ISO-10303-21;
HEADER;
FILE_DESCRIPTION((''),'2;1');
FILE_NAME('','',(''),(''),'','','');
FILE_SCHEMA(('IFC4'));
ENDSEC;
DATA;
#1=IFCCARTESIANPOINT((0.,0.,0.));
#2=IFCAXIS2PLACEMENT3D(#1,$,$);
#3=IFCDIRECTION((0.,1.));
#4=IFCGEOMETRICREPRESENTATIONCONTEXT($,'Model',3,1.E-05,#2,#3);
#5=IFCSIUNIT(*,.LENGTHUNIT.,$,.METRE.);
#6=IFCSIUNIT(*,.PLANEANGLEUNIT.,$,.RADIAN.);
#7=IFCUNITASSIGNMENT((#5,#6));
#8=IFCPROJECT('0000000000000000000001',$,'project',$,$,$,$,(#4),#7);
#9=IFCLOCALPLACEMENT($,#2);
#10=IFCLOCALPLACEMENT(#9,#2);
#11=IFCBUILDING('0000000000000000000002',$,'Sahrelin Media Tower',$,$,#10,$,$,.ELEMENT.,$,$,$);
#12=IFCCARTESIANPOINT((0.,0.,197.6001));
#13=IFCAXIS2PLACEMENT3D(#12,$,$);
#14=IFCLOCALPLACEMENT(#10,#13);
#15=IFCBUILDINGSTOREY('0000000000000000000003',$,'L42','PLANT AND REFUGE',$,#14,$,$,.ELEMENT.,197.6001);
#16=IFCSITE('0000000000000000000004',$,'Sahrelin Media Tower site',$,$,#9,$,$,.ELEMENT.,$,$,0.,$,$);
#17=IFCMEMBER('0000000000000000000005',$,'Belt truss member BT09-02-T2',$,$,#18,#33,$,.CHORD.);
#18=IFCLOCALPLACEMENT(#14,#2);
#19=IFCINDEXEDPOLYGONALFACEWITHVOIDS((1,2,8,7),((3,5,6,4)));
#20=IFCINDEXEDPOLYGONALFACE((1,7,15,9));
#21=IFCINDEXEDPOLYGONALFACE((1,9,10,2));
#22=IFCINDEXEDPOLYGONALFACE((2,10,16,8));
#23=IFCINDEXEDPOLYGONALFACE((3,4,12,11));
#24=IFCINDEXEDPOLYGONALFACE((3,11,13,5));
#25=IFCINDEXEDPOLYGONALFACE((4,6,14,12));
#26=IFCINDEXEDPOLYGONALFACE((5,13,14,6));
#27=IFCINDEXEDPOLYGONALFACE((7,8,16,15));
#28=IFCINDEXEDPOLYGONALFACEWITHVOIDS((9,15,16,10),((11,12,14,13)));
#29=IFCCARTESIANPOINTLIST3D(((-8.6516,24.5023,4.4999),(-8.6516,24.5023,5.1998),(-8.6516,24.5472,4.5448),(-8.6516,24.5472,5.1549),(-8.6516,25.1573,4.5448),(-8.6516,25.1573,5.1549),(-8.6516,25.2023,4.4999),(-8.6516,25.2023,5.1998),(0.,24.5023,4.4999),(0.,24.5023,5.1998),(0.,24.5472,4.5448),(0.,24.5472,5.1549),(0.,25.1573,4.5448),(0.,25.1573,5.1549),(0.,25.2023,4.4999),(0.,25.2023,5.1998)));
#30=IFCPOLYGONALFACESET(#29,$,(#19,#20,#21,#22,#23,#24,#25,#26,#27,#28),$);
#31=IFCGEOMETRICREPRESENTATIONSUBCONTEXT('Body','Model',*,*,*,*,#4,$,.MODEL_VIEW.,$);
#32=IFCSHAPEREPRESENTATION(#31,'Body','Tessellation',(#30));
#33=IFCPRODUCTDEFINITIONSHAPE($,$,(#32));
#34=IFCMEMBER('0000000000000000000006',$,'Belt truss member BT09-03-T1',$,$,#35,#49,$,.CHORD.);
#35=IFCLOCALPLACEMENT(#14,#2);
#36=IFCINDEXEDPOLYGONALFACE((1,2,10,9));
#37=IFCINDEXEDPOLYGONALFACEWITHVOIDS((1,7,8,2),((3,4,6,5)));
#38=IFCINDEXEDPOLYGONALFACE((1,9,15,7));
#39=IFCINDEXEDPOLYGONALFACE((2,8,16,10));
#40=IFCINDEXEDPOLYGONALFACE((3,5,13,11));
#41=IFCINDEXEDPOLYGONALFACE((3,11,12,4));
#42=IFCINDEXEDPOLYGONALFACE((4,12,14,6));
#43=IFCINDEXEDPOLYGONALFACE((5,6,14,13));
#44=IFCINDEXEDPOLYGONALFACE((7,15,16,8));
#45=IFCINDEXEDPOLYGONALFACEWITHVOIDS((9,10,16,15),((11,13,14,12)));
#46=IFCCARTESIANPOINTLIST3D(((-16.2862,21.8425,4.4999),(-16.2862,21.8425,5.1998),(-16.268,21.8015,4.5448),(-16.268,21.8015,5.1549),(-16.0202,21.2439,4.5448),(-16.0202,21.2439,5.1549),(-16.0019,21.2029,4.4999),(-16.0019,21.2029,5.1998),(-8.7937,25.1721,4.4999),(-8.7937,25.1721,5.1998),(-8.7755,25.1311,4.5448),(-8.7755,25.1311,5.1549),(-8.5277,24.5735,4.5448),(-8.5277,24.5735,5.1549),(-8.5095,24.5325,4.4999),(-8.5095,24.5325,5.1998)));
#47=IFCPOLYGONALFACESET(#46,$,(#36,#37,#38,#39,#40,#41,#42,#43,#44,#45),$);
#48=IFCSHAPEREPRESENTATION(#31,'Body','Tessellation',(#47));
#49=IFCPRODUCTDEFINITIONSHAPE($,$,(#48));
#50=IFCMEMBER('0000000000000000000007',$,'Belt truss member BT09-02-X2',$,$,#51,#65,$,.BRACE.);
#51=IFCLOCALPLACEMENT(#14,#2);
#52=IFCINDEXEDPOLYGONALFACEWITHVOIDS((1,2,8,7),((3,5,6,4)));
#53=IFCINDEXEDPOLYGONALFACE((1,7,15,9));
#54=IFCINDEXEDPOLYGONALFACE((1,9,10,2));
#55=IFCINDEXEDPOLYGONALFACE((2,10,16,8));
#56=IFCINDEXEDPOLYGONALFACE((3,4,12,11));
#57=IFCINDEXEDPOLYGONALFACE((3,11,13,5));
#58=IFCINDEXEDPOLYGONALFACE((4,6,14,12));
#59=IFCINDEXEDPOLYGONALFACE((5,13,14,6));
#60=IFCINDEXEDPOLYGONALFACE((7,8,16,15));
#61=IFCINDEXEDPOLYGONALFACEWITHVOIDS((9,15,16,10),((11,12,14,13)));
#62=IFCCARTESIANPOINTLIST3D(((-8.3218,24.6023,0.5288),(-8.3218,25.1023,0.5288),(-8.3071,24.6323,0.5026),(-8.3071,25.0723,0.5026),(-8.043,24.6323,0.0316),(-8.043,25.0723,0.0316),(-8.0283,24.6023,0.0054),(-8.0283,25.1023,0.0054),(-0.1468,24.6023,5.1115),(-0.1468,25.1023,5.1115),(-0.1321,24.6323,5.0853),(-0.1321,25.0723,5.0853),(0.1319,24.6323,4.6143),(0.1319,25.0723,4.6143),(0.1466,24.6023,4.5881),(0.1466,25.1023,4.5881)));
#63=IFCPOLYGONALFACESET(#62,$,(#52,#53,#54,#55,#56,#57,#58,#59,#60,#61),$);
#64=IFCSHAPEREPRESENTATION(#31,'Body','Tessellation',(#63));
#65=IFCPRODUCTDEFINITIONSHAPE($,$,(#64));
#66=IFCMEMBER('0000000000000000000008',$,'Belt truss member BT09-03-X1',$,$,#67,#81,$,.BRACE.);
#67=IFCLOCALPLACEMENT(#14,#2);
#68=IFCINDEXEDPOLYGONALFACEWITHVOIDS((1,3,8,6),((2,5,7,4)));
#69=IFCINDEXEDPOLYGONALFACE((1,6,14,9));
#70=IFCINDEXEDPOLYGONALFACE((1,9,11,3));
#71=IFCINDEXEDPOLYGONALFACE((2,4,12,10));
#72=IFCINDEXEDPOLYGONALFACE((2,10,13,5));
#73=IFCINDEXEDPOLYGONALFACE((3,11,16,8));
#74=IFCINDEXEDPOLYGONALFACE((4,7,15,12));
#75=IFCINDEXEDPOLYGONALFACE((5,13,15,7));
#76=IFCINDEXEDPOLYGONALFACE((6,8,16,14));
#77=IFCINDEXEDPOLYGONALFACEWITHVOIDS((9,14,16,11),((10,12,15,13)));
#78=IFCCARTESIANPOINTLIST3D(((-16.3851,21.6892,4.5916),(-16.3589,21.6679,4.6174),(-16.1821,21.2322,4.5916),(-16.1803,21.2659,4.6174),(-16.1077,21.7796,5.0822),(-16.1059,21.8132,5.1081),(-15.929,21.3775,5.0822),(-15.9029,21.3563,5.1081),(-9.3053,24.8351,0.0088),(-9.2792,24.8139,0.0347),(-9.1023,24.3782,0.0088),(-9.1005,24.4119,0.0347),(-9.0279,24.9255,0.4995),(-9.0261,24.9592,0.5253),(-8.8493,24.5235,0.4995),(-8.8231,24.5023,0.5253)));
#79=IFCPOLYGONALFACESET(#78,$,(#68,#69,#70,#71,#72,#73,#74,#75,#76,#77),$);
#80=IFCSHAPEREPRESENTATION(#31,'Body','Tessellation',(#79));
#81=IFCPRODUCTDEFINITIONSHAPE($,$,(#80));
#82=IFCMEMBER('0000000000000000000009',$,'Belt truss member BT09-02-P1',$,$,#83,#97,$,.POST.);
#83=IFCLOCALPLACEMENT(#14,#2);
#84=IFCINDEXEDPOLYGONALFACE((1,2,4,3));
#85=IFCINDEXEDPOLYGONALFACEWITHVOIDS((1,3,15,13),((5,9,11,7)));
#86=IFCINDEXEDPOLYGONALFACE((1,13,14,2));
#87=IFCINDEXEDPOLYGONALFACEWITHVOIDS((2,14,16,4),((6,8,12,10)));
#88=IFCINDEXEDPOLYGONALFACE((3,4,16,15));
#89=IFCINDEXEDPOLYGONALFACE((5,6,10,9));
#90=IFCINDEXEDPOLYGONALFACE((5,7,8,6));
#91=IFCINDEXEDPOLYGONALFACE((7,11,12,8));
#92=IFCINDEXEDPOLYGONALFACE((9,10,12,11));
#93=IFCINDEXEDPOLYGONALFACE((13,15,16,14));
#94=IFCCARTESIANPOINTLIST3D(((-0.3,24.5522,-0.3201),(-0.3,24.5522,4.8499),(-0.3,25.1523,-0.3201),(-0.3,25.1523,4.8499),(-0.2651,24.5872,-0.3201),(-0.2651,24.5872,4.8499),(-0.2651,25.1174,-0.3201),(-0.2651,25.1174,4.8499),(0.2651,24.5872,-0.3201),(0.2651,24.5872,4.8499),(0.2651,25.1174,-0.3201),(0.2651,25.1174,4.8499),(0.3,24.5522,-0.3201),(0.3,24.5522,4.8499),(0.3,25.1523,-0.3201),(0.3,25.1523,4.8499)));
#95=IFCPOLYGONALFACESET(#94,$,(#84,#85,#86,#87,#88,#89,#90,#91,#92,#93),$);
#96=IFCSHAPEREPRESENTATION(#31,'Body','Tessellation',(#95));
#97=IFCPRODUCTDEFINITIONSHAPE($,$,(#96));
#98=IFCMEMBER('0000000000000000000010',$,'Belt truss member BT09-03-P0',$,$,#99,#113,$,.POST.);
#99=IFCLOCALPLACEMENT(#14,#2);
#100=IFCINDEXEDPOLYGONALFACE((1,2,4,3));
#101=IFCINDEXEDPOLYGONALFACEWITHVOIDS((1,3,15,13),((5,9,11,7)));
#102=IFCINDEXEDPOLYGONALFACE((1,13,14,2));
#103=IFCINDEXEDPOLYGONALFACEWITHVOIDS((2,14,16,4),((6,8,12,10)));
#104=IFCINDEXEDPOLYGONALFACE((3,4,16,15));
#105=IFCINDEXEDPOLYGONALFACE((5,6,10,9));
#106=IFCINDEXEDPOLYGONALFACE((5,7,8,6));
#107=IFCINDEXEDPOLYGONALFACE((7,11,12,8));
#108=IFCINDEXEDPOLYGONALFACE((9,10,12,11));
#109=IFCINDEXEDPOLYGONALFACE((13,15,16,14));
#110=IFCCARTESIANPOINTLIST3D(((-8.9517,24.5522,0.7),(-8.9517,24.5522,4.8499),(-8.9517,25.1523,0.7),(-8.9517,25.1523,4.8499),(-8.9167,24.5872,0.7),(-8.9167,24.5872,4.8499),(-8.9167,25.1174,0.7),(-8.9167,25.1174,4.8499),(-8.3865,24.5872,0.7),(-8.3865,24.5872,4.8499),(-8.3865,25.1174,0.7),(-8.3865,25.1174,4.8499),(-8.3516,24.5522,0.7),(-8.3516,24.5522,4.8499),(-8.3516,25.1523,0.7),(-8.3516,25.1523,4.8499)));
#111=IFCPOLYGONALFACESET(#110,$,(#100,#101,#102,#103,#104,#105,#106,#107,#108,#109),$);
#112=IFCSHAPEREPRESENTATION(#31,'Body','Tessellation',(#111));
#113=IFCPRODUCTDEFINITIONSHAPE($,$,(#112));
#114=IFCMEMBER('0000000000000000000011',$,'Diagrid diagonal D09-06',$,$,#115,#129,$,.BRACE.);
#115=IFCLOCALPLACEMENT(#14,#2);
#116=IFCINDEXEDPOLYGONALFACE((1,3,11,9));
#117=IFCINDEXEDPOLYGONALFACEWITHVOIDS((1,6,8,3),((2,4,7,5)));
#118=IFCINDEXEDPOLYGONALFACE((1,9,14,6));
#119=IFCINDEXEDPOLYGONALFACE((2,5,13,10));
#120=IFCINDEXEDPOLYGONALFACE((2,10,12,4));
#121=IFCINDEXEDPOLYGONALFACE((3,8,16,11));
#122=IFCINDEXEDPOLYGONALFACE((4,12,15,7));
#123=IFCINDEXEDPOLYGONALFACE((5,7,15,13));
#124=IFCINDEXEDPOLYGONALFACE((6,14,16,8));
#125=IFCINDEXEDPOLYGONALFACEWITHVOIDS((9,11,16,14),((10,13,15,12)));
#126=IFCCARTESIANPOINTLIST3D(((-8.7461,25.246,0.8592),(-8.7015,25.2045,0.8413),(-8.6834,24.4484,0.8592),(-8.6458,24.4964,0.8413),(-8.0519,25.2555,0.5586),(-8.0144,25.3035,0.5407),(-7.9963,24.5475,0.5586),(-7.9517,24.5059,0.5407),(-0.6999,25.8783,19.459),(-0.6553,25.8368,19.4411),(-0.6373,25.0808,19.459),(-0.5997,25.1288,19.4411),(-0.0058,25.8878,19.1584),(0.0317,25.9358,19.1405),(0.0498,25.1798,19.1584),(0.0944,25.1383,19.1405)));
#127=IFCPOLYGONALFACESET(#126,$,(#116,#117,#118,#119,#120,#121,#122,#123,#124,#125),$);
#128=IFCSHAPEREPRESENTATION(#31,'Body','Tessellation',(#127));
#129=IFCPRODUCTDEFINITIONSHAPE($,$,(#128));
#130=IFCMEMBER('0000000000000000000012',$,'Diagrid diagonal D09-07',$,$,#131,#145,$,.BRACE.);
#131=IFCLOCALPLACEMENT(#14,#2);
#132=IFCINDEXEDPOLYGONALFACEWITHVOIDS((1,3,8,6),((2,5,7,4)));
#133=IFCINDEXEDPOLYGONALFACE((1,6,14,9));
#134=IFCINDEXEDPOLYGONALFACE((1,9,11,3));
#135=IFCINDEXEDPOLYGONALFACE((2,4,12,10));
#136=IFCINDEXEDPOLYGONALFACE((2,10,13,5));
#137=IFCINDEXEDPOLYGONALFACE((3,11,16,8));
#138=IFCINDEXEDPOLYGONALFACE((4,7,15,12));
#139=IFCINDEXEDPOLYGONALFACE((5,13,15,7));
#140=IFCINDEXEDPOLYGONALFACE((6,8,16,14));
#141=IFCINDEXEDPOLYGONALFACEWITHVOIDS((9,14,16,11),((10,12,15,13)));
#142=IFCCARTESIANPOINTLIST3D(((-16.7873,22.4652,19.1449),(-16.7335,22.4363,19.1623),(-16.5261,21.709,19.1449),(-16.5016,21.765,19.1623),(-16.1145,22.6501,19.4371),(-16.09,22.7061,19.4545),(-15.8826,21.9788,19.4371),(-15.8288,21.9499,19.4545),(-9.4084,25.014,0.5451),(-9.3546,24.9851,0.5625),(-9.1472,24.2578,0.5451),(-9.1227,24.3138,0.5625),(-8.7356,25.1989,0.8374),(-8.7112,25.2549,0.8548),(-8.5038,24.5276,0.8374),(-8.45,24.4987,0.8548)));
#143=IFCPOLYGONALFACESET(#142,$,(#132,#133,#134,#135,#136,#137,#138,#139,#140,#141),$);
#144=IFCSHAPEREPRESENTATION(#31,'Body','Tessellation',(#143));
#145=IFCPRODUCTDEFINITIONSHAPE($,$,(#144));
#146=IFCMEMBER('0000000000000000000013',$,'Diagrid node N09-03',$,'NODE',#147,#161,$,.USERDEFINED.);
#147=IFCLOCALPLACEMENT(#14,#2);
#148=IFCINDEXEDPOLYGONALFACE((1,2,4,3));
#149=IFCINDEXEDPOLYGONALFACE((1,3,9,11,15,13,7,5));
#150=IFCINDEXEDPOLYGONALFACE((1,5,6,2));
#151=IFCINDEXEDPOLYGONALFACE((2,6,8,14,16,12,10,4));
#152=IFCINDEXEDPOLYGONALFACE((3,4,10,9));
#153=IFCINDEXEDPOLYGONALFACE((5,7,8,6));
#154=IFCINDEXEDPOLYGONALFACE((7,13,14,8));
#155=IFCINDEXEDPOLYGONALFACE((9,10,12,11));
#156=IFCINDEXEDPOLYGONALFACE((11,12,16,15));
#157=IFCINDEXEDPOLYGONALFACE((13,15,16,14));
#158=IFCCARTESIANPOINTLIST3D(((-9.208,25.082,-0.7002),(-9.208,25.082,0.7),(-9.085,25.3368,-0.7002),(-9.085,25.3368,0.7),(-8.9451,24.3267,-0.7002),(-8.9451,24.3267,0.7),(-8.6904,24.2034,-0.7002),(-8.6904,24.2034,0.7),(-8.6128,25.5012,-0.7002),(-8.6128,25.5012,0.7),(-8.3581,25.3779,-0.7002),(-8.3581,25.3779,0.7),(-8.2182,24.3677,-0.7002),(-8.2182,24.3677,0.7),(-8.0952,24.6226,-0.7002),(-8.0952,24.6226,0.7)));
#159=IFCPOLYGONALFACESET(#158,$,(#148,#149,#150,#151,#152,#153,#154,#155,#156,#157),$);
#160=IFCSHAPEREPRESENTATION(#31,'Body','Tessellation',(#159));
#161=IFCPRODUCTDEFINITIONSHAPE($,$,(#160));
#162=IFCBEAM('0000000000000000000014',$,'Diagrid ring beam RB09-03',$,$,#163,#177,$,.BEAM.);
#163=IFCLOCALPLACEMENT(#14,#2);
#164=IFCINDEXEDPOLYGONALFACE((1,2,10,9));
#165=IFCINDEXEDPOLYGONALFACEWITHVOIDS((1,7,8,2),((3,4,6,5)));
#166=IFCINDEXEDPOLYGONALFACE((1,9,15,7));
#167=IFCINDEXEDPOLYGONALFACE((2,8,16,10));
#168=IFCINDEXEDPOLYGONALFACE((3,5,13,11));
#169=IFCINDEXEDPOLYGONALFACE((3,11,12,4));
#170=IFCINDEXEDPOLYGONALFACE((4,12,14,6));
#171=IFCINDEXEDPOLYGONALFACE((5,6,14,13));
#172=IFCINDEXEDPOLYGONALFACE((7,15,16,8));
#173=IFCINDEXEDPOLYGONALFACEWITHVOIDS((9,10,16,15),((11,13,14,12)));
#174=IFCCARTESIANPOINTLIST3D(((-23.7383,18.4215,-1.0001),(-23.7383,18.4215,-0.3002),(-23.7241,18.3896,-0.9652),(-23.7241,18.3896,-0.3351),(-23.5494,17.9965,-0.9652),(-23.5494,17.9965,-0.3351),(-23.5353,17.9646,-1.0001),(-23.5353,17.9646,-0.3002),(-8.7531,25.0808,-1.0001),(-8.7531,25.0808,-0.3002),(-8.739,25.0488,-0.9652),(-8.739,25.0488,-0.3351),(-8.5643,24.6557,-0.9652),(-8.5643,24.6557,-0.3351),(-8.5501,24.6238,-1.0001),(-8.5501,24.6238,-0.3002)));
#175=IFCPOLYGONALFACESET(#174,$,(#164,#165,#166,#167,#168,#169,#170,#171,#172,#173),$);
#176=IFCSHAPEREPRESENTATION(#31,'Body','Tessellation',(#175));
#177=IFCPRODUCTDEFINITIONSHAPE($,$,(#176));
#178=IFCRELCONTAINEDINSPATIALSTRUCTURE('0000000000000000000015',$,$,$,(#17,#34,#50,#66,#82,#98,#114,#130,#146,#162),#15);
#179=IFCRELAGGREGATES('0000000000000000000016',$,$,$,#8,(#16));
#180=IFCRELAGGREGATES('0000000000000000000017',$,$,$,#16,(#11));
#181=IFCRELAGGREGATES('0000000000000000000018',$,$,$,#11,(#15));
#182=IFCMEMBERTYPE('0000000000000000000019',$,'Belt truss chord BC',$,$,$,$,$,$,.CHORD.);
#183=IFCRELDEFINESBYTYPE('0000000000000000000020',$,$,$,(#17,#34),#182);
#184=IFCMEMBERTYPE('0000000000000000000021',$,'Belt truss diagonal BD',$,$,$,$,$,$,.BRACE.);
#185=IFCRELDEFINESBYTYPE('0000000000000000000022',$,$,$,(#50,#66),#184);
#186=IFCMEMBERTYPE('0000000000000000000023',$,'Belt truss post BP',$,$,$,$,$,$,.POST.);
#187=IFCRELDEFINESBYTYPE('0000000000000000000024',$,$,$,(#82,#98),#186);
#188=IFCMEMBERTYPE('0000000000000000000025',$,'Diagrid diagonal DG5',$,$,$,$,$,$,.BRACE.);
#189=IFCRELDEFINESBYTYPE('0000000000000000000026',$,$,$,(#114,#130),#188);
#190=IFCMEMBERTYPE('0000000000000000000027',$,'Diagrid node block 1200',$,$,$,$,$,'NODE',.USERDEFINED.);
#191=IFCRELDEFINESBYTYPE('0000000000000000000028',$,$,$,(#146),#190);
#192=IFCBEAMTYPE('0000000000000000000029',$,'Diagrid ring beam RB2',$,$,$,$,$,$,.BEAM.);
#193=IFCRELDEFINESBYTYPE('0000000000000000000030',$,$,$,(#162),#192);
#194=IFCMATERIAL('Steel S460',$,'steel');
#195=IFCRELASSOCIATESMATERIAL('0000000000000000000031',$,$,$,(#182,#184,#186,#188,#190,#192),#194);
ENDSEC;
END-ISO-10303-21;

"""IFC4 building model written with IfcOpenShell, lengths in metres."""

from ifc_helpers import new_model, si_unit, direction, frame, origin, origin_2d, place, context, subcontext, project, spatial, polyline, hollow_rectangle, outline, extrude, material, material_profile, profile_set, type_object, element, save


model = new_model("IFC4")

# Units and contexts
model_context = context("Model", 3, precision=1e-05, world=origin(), true_north=direction((0.0, 1.0)))
body_context = subcontext(model_context, "Body", "Model", "MODEL_VIEW")
ifc_project = project(units=[si_unit("LENGTHUNIT", "METRE"), si_unit("PLANEANGLEUNIT", "RADIAN")], contexts=[model_context])

# Site, building, storey
site_placement = place(None, origin())
site = spatial("IfcSite", under=ifc_project, at=site_placement, Name="Sahrelin Media Tower site", CompositionType="ELEMENT", RefElevation=0.0)
building_placement = place(site_placement, origin())
building = spatial("IfcBuilding", under=site, at=building_placement, Name="Sahrelin Media Tower", CompositionType="ELEMENT")
storey_placement = place(building_placement, frame((0.0, 0.0, 197.6001)))
storey = spatial("IfcBuildingStorey", under=building, at=storey_placement, Name="L42", Description="PLANT AND REFUGE", CompositionType="ELEMENT", Elevation=197.6001)

# Members
ifc_material_1 = material(Name="Steel S460", Category="steel")
ifc_material_profile_1 = material_profile(ifc_material_1, hollow_rectangle(XDim=0.7, YDim=0.7, WallThickness=0.0449, at=origin_2d()), Name="Belt truss chord BC")
ifc_profile_set_1 = profile_set([ifc_material_profile_1], Name="Steel S460")
member_type_1 = type_object("IfcMemberType", Name="Belt truss chord BC", PredefinedType="CHORD", material=ifc_profile_set_1)
member_1_placement = place(storey_placement, frame((0.0, 24.8523, 4.8499), z_axis=(-1.0, 0.0, 0.0), x_axis=(0.0, -1.0, 0.0)))
element("IfcMember", 1, at=member_1_placement, inside=storey, type_object=member_type_1, Name="Belt truss member BT09-02-T2", PredefinedType="CHORD", context=body_context, shape_type="SweptSolid", body=[
    extrude(hollow_rectangle(XDim=0.7, YDim=0.7, WallThickness=0.0449, at=origin_2d()), origin(), (0.0, 0.0, 1.0), 8.6516),
])
member_2_placement = place(storey_placement, frame((-8.6516, 24.8523, 4.8499), z_axis=(-0.913829, -0.4061, 0.0), x_axis=(0.4061, -0.913829, 0.0)))
element("IfcMember", 2, at=member_2_placement, inside=storey, type_object=member_type_1, Name="Belt truss member BT09-03-T1", PredefinedType="CHORD", context=body_context, shape_type="SweptSolid", body=[
    extrude(hollow_rectangle(XDim=0.7, YDim=0.7, WallThickness=0.0449, at=origin_2d()), origin(), (0.0, 0.0, 1.0), 8.199),
])
ifc_material_profile_2 = material_profile(ifc_material_1, hollow_rectangle(XDim=0.5, YDim=0.6001, WallThickness=0.03, at=origin_2d()), Name="Belt truss diagonal BD")
ifc_profile_set_2 = profile_set([ifc_material_profile_2], Name="Steel S460")
member_type_2 = type_object("IfcMemberType", Name="Belt truss diagonal BD", PredefinedType="BRACE", material=ifc_profile_set_2)
member_3_placement = place(storey_placement, frame((-8.175, 24.8523, 0.2671), z_axis=(0.87229, 0.0, 0.488988), x_axis=(0.0, 1.0, 0.0)))
element("IfcMember", 3, at=member_3_placement, inside=storey, type_object=member_type_2, Name="Belt truss member BT09-02-X2", PredefinedType="BRACE", context=body_context, shape_type="SweptSolid", body=[
    extrude(hollow_rectangle(XDim=0.5, YDim=0.6001, WallThickness=0.03, at=origin_2d()), origin(), (0.0, 0.0, 1.0), 9.3718),
])
member_4_placement = place(storey_placement, frame((-9.0642, 24.6687, 0.2671), z_axis=(-0.786536, -0.349505, 0.509123), x_axis=(0.406074, -0.91384, 0.0)))
element("IfcMember", 4, at=member_4_placement, inside=storey, type_object=member_type_2, Name="Belt truss member BT09-03-X1", PredefinedType="BRACE", context=body_context, shape_type="SweptSolid", body=[
    extrude(hollow_rectangle(XDim=0.5, YDim=0.6001, WallThickness=0.03, at=origin_2d()), origin(), (0.0, 0.0, 1.0), 9.0012),
])
ifc_material_profile_3 = material_profile(ifc_material_1, hollow_rectangle(XDim=0.6001, YDim=0.6001, WallThickness=0.0349, at=origin_2d()), Name="Belt truss post BP")
ifc_profile_set_3 = profile_set([ifc_material_profile_3], Name="Steel S460")
member_type_3 = type_object("IfcMemberType", Name="Belt truss post BP", PredefinedType="POST", material=ifc_profile_set_3)
member_5_placement = place(storey_placement, frame((0.0, 24.8523, -0.3201), z_axis=(0.0, 0.0, 1.0), x_axis=(1.0, 0.0, 0.0)))
element("IfcMember", 5, at=member_5_placement, inside=storey, type_object=member_type_3, Name="Belt truss member BT09-02-P1", PredefinedType="POST", context=body_context, shape_type="SweptSolid", body=[
    extrude(hollow_rectangle(XDim=0.6001, YDim=0.6001, WallThickness=0.0349, at=origin_2d()), origin(), (0.0, 0.0, 1.0), 5.1699),
])
member_6_placement = place(storey_placement, frame((-8.6516, 24.8523, 0.7), z_axis=(0.0, 0.0, 1.0), x_axis=(1.0, 0.0, 0.0)))
element("IfcMember", 6, at=member_6_placement, inside=storey, type_object=member_type_3, Name="Belt truss member BT09-03-P0", PredefinedType="POST", context=body_context, shape_type="SweptSolid", body=[
    extrude(hollow_rectangle(XDim=0.6001, YDim=0.6001, WallThickness=0.0349, at=origin_2d()), origin(), (0.0, 0.0, 1.0), 4.1499),
])
ifc_material_profile_4 = material_profile(ifc_material_1, hollow_rectangle(XDim=0.8, YDim=0.8, WallThickness=0.0449, at=origin_2d()), Name="Diagrid diagonal DG5")
ifc_profile_set_4 = profile_set([ifc_material_profile_4], Name="Steel S460")
member_type_4 = type_object("IfcMemberType", Name="Diagrid diagonal DG5", PredefinedType="BRACE", material=ifc_profile_set_4)
member_7_placement = place(storey_placement, frame((-8.3489, 24.876, 0.7), z_axis=(0.396841, 0.031187, 0.917357), x_axis=(-0.078346, 0.996926, 0.0)))
element("IfcMember", 7, at=member_7_placement, inside=storey, type_object=member_type_4, Name="Diagrid diagonal D09-06", PredefinedType="BRACE", context=body_context, shape_type="SweptSolid", body=[
    extrude(hollow_rectangle(XDim=0.8, YDim=0.8, WallThickness=0.0449, at=origin_2d()), origin(), (0.0, 0.0, 1.0), 20.2754),
])
member_8_placement = place(storey_placement, frame((-8.9292, 24.7563, 0.7), z_axis=(-0.365804, -0.126356, 0.922075), x_axis=(0.326492, -0.9452, 0.0)))
element("IfcMember", 8, at=member_8_placement, inside=storey, type_object=member_type_4, Name="Diagrid diagonal D09-07", PredefinedType="BRACE", context=body_context, shape_type="SweptSolid", body=[
    extrude(hollow_rectangle(XDim=0.8, YDim=0.8, WallThickness=0.0449, at=origin_2d()), origin(), (0.0, 0.0, 1.0), 20.1716),
])
ifc_material_profile_5 = material_profile(ifc_material_1, outline(polyline([(0.3999, -0.45), (0.6001, -0.25), (0.6001, 0.25), (0.3999, 0.45), (-0.3999, 0.45), (-0.6001, 0.25), (-0.6001, -0.25), (-0.3999, -0.45), (0.3999, -0.45)])), Name="Diagrid node block 1200")
ifc_profile_set_5 = profile_set([ifc_material_profile_5], Name="Steel S460")
member_type_5 = type_object("IfcMemberType", Name="Diagrid node block 1200", ElementType="NODE", PredefinedType="USERDEFINED", material=ifc_profile_set_5)
member_9_placement = place(storey_placement, frame((-8.6516, 24.8523, -0.7002), z_axis=(0.0, 0.0, 1.0), x_axis=(-0.328769, 0.94441, 0.0)))
element("IfcMember", 9, at=member_9_placement, inside=storey, type_object=member_type_5, Name="Diagrid node N09-03", ObjectType="NODE", PredefinedType="USERDEFINED", context=body_context, shape_type="SweptSolid", body=[
    extrude(outline(polyline([(0.3999, -0.45), (0.6001, -0.25), (0.6001, 0.25), (0.3999, 0.45), (-0.3999, 0.45), (-0.6001, 0.25), (-0.6001, -0.25), (-0.3999, -0.45), (0.3999, -0.45)])), origin(), (0.0, 0.0, 1.0), 1.4001),
])

# Beam
ifc_material_profile_6 = material_profile(ifc_material_1, hollow_rectangle(XDim=0.5, YDim=0.7, WallThickness=0.0349, at=origin_2d()), Name="Diagrid ring beam RB2")
ifc_profile_set_6 = profile_set([ifc_material_profile_6], Name="Steel S460")
beam_type_1 = type_object("IfcBeamType", Name="Diagrid ring beam RB2", PredefinedType="BEAM", material=ifc_profile_set_6)
beam_1_placement = place(storey_placement, frame((-8.6516, 24.8523, -0.6501), z_axis=(-0.913831, -0.406094, 0.0), x_axis=(0.406094, -0.913831, 0.0)))
element("IfcBeam", 10, at=beam_1_placement, inside=storey, type_object=beam_type_1, Name="Diagrid ring beam RB09-03", PredefinedType="BEAM", context=body_context, shape_type="SweptSolid", body=[
    extrude(hollow_rectangle(XDim=0.5, YDim=0.7, WallThickness=0.0349, at=origin_2d()), origin(), (0.0, 0.0, 1.0), 16.3982),
])

save(model, "model.ifc")
